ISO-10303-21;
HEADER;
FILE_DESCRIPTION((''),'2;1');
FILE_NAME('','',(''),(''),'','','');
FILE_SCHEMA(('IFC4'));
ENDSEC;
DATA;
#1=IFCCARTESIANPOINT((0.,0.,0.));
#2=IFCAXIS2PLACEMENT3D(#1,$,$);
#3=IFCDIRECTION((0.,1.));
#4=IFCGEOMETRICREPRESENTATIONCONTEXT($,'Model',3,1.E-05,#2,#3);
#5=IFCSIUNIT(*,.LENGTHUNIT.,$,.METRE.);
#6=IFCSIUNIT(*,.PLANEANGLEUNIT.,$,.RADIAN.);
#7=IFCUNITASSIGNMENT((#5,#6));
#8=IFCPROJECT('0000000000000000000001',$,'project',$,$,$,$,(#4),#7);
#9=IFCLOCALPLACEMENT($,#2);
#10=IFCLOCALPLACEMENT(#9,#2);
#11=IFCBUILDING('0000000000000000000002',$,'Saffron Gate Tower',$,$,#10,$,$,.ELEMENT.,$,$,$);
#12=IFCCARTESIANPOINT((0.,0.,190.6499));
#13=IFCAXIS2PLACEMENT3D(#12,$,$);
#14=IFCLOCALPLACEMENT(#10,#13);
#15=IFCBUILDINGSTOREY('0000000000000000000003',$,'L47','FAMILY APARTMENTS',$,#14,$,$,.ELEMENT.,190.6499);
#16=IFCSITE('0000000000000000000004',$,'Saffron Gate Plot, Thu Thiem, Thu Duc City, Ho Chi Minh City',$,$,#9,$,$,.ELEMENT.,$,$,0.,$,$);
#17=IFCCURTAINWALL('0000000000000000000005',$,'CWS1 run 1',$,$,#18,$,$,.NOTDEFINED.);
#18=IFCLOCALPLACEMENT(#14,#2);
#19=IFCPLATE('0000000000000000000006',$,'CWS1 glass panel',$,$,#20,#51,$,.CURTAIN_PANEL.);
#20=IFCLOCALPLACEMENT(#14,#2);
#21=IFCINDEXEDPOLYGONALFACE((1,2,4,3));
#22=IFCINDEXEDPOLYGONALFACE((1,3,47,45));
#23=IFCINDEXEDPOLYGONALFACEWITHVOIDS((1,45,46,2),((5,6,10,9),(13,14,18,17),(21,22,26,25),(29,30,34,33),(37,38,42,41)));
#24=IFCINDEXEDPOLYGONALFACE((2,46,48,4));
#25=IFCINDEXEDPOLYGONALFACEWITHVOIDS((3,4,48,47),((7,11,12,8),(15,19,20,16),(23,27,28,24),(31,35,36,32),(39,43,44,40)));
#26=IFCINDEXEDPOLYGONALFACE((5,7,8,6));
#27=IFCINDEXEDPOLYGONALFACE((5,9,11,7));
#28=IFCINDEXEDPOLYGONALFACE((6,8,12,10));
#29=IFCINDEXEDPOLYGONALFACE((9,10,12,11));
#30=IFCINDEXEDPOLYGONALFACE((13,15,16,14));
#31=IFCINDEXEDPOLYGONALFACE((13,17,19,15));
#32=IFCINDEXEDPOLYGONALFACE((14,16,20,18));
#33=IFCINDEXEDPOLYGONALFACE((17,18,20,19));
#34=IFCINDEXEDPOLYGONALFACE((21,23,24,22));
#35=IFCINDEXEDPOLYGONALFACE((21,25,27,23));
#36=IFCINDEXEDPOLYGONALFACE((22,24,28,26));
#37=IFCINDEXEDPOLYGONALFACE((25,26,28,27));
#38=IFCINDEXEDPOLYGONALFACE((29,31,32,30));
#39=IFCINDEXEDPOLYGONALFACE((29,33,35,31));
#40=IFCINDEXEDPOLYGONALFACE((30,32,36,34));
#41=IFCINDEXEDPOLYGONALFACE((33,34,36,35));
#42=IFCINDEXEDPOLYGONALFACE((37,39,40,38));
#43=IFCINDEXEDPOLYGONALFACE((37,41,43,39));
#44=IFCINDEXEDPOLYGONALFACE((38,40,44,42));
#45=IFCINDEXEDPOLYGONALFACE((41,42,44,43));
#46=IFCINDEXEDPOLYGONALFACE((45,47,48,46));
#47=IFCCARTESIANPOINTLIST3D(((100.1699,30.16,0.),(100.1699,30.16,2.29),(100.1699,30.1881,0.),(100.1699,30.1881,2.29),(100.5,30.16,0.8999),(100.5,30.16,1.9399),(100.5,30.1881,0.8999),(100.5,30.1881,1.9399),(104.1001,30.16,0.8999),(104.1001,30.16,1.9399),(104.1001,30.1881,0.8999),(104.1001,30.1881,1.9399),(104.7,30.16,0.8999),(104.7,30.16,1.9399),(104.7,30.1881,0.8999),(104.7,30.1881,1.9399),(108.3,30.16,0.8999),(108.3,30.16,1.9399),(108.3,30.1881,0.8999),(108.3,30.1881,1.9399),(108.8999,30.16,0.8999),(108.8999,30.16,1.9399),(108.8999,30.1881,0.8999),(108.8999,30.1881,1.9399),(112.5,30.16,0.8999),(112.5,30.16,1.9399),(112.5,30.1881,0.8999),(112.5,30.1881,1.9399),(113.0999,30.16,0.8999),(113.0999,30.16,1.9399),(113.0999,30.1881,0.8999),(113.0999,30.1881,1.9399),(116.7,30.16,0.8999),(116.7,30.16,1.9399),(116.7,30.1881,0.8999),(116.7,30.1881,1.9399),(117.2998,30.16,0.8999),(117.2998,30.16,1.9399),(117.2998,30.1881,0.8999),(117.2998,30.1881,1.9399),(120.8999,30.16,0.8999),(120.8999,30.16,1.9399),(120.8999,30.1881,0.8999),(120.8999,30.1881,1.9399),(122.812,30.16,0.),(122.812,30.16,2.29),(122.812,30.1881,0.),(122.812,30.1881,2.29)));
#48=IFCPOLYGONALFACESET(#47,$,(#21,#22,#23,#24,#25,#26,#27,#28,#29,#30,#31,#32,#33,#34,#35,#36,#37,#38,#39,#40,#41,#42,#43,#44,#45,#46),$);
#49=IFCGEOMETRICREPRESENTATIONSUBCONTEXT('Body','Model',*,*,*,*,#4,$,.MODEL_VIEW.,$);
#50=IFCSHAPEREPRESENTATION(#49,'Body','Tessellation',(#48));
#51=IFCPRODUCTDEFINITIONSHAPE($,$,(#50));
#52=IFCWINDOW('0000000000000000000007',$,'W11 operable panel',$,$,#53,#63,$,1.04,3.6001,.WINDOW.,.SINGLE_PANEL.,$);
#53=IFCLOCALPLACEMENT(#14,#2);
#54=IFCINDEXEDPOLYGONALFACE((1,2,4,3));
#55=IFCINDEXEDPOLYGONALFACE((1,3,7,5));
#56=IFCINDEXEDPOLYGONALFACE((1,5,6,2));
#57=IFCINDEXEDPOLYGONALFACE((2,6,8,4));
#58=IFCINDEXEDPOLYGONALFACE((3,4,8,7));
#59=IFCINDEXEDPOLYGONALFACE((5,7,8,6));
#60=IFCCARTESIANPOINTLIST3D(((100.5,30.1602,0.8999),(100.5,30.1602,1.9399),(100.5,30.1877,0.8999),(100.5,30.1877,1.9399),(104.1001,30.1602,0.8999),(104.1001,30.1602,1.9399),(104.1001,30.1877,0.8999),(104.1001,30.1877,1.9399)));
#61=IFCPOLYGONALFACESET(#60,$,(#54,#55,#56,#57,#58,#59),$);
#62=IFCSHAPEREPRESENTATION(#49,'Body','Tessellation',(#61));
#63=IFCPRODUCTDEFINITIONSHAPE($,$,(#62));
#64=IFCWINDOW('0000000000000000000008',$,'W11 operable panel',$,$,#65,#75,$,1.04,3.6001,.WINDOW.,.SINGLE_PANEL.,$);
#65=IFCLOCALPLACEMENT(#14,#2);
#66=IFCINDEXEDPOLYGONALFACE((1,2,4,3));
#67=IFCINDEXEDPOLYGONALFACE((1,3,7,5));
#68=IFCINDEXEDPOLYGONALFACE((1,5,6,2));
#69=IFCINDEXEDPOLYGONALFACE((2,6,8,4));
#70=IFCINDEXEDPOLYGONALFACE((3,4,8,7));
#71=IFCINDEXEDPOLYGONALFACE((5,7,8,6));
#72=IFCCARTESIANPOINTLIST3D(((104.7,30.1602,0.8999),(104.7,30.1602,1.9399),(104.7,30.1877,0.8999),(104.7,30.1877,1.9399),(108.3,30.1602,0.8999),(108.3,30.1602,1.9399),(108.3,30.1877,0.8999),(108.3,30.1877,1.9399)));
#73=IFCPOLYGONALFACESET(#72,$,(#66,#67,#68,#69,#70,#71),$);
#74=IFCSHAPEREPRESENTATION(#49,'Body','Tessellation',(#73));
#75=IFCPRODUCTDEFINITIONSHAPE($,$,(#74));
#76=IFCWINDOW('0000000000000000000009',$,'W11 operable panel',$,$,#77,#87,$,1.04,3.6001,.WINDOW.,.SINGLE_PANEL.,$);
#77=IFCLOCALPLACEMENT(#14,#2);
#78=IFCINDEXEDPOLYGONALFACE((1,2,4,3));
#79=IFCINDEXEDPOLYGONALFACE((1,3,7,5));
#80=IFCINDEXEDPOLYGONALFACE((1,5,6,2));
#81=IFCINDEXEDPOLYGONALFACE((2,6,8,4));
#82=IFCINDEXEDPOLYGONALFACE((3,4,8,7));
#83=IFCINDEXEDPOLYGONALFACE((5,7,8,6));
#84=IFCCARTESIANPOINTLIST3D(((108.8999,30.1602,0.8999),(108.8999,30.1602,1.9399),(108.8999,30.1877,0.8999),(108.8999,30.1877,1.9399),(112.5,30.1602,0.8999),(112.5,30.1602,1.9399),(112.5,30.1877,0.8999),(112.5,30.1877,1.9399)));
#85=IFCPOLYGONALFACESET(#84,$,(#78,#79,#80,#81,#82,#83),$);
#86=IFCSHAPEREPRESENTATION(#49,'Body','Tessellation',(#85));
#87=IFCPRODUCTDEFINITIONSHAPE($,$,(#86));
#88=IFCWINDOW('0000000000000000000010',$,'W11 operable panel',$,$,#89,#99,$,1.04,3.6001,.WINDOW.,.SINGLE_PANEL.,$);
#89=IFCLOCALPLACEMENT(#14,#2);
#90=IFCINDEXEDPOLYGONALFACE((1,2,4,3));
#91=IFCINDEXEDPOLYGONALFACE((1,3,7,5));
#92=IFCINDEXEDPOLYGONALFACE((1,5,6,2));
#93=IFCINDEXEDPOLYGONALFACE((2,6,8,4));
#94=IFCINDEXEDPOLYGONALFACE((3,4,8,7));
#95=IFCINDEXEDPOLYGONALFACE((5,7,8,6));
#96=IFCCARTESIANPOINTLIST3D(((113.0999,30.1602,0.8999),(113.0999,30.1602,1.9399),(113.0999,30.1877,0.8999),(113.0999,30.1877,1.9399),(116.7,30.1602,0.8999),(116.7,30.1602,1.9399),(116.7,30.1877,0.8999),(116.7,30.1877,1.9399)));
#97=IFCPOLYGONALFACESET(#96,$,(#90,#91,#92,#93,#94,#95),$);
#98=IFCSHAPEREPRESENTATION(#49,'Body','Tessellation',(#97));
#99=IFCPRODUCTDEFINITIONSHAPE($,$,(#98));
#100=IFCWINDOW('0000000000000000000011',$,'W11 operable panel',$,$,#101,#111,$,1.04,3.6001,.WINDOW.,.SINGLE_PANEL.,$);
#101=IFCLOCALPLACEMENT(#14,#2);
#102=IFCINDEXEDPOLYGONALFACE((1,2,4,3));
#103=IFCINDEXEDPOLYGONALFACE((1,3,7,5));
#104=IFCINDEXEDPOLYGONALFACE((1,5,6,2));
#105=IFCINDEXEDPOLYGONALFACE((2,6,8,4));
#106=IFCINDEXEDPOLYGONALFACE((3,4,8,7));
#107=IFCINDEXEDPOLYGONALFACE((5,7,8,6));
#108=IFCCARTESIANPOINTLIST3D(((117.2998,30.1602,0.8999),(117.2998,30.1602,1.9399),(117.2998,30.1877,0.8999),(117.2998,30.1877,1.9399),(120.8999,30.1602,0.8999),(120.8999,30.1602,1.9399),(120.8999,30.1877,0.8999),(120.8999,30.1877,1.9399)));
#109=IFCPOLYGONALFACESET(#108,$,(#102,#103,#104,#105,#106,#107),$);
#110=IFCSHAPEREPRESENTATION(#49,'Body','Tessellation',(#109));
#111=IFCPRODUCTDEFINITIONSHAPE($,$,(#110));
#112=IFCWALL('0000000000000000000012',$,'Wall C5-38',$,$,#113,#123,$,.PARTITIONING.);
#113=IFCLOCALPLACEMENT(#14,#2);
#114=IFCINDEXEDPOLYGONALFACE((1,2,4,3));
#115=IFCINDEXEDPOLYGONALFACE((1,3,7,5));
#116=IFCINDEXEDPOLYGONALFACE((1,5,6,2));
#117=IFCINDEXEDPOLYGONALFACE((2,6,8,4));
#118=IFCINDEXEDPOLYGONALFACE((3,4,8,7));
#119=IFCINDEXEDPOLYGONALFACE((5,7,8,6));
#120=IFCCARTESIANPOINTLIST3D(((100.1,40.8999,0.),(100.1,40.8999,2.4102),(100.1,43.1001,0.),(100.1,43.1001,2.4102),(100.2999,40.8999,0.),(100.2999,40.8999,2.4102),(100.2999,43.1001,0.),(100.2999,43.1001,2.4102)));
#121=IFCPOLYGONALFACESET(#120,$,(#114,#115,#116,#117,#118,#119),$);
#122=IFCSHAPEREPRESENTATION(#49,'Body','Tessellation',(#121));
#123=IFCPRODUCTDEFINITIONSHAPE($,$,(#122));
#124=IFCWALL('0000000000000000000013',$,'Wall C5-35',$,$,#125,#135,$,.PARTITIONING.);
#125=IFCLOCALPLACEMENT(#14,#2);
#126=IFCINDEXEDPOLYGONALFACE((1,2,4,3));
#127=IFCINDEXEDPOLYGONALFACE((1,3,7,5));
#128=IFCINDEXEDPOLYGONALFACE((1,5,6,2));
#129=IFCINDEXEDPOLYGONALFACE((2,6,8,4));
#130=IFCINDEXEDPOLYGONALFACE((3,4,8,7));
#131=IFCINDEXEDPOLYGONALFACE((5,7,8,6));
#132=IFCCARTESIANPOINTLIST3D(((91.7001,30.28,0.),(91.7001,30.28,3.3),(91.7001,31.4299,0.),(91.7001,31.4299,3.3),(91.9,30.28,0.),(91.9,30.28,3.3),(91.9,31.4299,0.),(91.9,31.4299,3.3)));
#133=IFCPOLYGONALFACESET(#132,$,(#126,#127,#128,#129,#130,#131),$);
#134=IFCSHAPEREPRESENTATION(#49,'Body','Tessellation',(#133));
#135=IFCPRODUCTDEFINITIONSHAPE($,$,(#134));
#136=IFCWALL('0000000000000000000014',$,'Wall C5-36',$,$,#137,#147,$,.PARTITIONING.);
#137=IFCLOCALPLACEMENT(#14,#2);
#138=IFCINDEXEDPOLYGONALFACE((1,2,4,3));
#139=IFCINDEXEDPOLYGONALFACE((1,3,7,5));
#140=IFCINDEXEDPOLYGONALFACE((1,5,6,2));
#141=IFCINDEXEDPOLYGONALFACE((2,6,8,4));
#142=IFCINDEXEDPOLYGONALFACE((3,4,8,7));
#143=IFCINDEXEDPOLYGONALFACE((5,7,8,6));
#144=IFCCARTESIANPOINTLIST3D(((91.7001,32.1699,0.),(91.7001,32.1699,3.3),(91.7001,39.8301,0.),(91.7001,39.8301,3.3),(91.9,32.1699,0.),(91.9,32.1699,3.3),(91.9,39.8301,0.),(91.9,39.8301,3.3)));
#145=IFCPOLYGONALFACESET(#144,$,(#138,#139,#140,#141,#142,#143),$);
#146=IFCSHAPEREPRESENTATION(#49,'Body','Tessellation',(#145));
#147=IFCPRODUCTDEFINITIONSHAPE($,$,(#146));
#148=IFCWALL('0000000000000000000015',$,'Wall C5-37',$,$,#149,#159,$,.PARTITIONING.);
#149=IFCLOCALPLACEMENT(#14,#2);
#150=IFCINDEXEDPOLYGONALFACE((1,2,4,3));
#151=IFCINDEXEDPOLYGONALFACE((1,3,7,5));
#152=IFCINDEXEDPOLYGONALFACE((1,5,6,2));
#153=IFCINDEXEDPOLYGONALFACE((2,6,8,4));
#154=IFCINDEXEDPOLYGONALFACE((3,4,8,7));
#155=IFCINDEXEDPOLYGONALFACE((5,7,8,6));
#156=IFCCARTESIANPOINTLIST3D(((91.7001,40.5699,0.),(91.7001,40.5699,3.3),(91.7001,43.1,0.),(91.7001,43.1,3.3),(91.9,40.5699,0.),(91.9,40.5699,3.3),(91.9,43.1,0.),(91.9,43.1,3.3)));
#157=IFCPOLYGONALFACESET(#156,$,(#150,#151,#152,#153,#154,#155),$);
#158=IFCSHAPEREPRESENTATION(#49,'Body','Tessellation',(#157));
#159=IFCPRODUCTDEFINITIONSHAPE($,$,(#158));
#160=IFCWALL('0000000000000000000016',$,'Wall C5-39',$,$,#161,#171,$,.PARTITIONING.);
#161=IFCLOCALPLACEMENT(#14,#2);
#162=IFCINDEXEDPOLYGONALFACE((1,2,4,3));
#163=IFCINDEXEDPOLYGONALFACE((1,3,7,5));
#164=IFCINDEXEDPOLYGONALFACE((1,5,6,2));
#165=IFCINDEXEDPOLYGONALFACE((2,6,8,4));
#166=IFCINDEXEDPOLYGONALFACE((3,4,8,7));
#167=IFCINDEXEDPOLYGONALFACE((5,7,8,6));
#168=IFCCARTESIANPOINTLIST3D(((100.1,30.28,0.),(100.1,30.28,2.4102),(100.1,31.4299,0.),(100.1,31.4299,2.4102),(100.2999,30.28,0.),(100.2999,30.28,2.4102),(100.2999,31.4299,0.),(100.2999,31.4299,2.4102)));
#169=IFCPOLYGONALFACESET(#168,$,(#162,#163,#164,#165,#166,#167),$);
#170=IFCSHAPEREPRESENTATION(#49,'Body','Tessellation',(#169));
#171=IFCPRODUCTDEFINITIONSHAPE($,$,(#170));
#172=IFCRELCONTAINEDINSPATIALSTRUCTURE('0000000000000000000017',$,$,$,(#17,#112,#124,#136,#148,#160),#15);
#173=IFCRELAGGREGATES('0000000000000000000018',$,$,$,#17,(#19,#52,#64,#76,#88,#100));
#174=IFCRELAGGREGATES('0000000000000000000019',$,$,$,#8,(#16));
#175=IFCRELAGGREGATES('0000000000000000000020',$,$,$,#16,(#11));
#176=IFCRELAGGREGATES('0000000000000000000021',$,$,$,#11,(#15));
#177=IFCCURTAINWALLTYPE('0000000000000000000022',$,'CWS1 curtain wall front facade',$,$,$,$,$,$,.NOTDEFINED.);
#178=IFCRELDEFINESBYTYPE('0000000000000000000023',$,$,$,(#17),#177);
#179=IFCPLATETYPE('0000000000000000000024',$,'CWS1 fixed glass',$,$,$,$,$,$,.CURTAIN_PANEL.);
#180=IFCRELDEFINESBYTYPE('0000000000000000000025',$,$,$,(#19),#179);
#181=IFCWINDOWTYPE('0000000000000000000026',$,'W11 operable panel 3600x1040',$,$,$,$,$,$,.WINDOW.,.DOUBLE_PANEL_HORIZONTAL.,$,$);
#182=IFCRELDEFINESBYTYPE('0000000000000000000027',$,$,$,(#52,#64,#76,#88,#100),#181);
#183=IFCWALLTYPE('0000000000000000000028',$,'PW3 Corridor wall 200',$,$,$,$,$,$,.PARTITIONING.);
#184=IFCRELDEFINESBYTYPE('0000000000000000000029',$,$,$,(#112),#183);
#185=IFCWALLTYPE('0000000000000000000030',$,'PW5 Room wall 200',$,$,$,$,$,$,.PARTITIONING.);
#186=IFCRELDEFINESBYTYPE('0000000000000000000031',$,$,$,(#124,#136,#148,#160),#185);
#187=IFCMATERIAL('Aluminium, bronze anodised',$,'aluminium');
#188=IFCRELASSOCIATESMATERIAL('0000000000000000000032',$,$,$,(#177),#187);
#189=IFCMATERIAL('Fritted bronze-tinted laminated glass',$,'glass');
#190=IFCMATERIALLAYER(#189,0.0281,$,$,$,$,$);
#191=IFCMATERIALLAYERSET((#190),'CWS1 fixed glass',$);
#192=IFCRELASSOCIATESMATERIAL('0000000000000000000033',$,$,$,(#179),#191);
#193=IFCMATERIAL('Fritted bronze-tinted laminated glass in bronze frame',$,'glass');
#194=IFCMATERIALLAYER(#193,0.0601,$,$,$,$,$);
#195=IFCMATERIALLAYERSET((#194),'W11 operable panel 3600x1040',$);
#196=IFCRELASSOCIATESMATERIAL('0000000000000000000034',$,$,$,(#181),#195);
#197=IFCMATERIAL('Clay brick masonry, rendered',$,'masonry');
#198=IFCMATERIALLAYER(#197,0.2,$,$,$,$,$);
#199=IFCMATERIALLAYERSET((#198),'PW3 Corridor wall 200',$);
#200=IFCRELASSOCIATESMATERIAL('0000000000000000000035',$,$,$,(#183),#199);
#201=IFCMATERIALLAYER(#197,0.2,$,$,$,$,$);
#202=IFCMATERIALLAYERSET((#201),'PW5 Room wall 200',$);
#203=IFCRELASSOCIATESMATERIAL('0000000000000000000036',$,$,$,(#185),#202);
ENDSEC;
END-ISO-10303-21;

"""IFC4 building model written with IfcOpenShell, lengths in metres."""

from ifc_helpers import new_model, si_unit, direction, frame, frame_2d, origin, place, context, subcontext, project, spatial, rectangle, extrude, material, layer, layer_set, type_object, element, fill, aggregate, save


model = new_model("IFC4")

# Units and contexts
model_context = context("Model", 3, precision=1e-05, world=origin(), true_north=direction((0.0, 1.0)))
body_context = subcontext(model_context, "Body", "Model", "MODEL_VIEW")
ifc_project = project(units=[si_unit("LENGTHUNIT", "METRE"), si_unit("PLANEANGLEUNIT", "RADIAN")], contexts=[model_context])

# Site, building, storey
site_placement = place(None, origin())
site = spatial("IfcSite", under=ifc_project, at=site_placement, Name="Saffron Gate Plot, Thu Thiem, Thu Duc City, Ho Chi Minh City", CompositionType="ELEMENT", RefElevation=0.0)
building_placement = place(site_placement, origin())
building = spatial("IfcBuilding", under=site, at=building_placement, Name="Saffron Gate Tower", CompositionType="ELEMENT")
storey_placement = place(building_placement, frame((0.0, 0.0, 190.6499)))
storey = spatial("IfcBuildingStorey", under=building, at=storey_placement, Name="L47", Description="FAMILY APARTMENTS", CompositionType="ELEMENT", Elevation=190.6499)

# Curtain wall, plate, openings, windows
ifc_material_1 = material(Name="Aluminium, bronze anodised", Category="aluminium")
curtain_wall_type = type_object("IfcCurtainWallType", Name="CWS1 curtain wall front facade", PredefinedType="NOTDEFINED", material=ifc_material_1)
curtain_wall_placement = place(storey_placement, origin())
curtain_wall = element("IfcCurtainWall", 1, at=curtain_wall_placement, inside=storey, type_object=curtain_wall_type, Name="CWS1 run 1", PredefinedType="NOTDEFINED")
ifc_material_2 = material(Name="Fritted bronze-tinted laminated glass", Category="glass")
ifc_layer_1 = layer(ifc_material_2, 0.0281)
ifc_layer_set_1 = layer_set([ifc_layer_1], Name="CWS1 fixed glass")
plate_type = type_object("IfcPlateType", Name="CWS1 fixed glass", PredefinedType="CURTAIN_PANEL", material=ifc_layer_set_1)
plate_placement = place(storey_placement, frame((100.1699, 30.1741, 0.0), z_axis=(0.0, 0.0, 1.0), x_axis=(1.0, 0.0, 0.0)))
plate = element("IfcPlate", 2, at=plate_placement, type_object=plate_type, Name="CWS1 glass panel", PredefinedType="CURTAIN_PANEL", context=body_context, shape_type="SweptSolid", body=[
    extrude(rectangle(XDim=22.6421, YDim=0.0281, at=frame_2d((11.321, 0.0))), origin(), (0.0, 0.0, 1.0), 2.29),
])
opening_1_placement = place(plate_placement, frame((0.3301, 0.0, 0.8999)))
opening_1 = element("IfcOpeningElement", 3, at=opening_1_placement, cuts=plate, PredefinedType="OPENING", context=body_context, shape_type="SweptSolid", body=[
    extrude(rectangle(XDim=3.6001, YDim=1.04, at=frame_2d((1.8, 0.52))), frame((0.0, 0.0239, 0.0), z_axis=(0.0, -1.0, 0.0), x_axis=(1.0, 0.0, 0.0)), (0.0, 0.0, 1.0), 0.0481),
])
opening_2_placement = place(plate_placement, frame((4.53, 0.0, 0.8999)))
opening_2 = element("IfcOpeningElement", 4, at=opening_2_placement, cuts=plate, PredefinedType="OPENING", context=body_context, shape_type="SweptSolid", body=[
    extrude(rectangle(XDim=3.6001, YDim=1.04, at=frame_2d((1.8, 0.52))), frame((0.0, 0.0239, 0.0), z_axis=(0.0, -1.0, 0.0), x_axis=(1.0, 0.0, 0.0)), (0.0, 0.0, 1.0), 0.0481),
])
opening_3_placement = place(plate_placement, frame((8.73, 0.0, 0.8999)))
opening_3 = element("IfcOpeningElement", 5, at=opening_3_placement, cuts=plate, PredefinedType="OPENING", context=body_context, shape_type="SweptSolid", body=[
    extrude(rectangle(XDim=3.6001, YDim=1.04, at=frame_2d((1.8, 0.52))), frame((0.0, 0.0239, 0.0), z_axis=(0.0, -1.0, 0.0), x_axis=(1.0, 0.0, 0.0)), (0.0, 0.0, 1.0), 0.0481),
])
opening_4_placement = place(plate_placement, frame((12.9299, 0.0, 0.8999)))
opening_4 = element("IfcOpeningElement", 6, at=opening_4_placement, cuts=plate, PredefinedType="OPENING", context=body_context, shape_type="SweptSolid", body=[
    extrude(rectangle(XDim=3.6001, YDim=1.04, at=frame_2d((1.8, 0.52))), frame((0.0, 0.0239, 0.0), z_axis=(0.0, -1.0, 0.0), x_axis=(1.0, 0.0, 0.0)), (0.0, 0.0, 1.0), 0.0481),
])
opening_5_placement = place(plate_placement, frame((17.1299, 0.0, 0.8999)))
opening_5 = element("IfcOpeningElement", 7, at=opening_5_placement, cuts=plate, PredefinedType="OPENING", context=body_context, shape_type="SweptSolid", body=[
    extrude(rectangle(XDim=3.6001, YDim=1.04, at=frame_2d((1.8, 0.52))), frame((0.0, 0.0239, 0.0), z_axis=(0.0, -1.0, 0.0), x_axis=(1.0, 0.0, 0.0)), (0.0, 0.0, 1.0), 0.0481),
])
ifc_material_3 = material(Name="Fritted bronze-tinted laminated glass in bronze frame", Category="glass")
ifc_layer_2 = layer(ifc_material_3, 0.0601)
ifc_layer_set_2 = layer_set([ifc_layer_2], Name="W11 operable panel 3600x1040")
window_type = type_object("IfcWindowType", Name="W11 operable panel 3600x1040", PartitioningType="DOUBLE_PANEL_HORIZONTAL", PredefinedType="WINDOW", material=ifc_layer_set_2)
window_1_placement = place(opening_1_placement, origin())
window_1 = element("IfcWindow", 8, at=window_1_placement, type_object=window_type, Name="W11 operable panel", OverallHeight=1.04, OverallWidth=3.6001, PartitioningType="SINGLE_PANEL", PredefinedType="WINDOW", context=body_context, shape_type="SweptSolid", body=[
    extrude(rectangle(XDim=3.6001, YDim=1.04, at=frame_2d((1.8, 0.52))), frame((0.0, 0.0137, 0.0), z_axis=(0.0, -1.0, 0.0), x_axis=(1.0, 0.0, 0.0)), (0.0, 0.0, 1.0), 0.0276),
])
fill(opening_1, window_1)
window_2_placement = place(opening_2_placement, origin())
window_2 = element("IfcWindow", 9, at=window_2_placement, type_object=window_type, Name="W11 operable panel", OverallHeight=1.04, OverallWidth=3.6001, PartitioningType="SINGLE_PANEL", PredefinedType="WINDOW", context=body_context, shape_type="SweptSolid", body=[
    extrude(rectangle(XDim=3.6001, YDim=1.04, at=frame_2d((1.8, 0.52))), frame((0.0, 0.0137, 0.0), z_axis=(0.0, -1.0, 0.0), x_axis=(1.0, 0.0, 0.0)), (0.0, 0.0, 1.0), 0.0276),
])
fill(opening_2, window_2)
window_3_placement = place(opening_3_placement, origin())
window_3 = element("IfcWindow", 10, at=window_3_placement, type_object=window_type, Name="W11 operable panel", OverallHeight=1.04, OverallWidth=3.6001, PartitioningType="SINGLE_PANEL", PredefinedType="WINDOW", context=body_context, shape_type="SweptSolid", body=[
    extrude(rectangle(XDim=3.6001, YDim=1.04, at=frame_2d((1.8, 0.52))), frame((0.0, 0.0137, 0.0), z_axis=(0.0, -1.0, 0.0), x_axis=(1.0, 0.0, 0.0)), (0.0, 0.0, 1.0), 0.0276),
])
fill(opening_3, window_3)
window_4_placement = place(opening_4_placement, origin())
window_4 = element("IfcWindow", 11, at=window_4_placement, type_object=window_type, Name="W11 operable panel", OverallHeight=1.04, OverallWidth=3.6001, PartitioningType="SINGLE_PANEL", PredefinedType="WINDOW", context=body_context, shape_type="SweptSolid", body=[
    extrude(rectangle(XDim=3.6001, YDim=1.04, at=frame_2d((1.8, 0.52))), frame((0.0, 0.0137, 0.0), z_axis=(0.0, -1.0, 0.0), x_axis=(1.0, 0.0, 0.0)), (0.0, 0.0, 1.0), 0.0276),
])
fill(opening_4, window_4)
window_5_placement = place(opening_5_placement, origin())
window_5 = element("IfcWindow", 12, at=window_5_placement, type_object=window_type, Name="W11 operable panel", OverallHeight=1.04, OverallWidth=3.6001, PartitioningType="SINGLE_PANEL", PredefinedType="WINDOW", context=body_context, shape_type="SweptSolid", body=[
    extrude(rectangle(XDim=3.6001, YDim=1.04, at=frame_2d((1.8, 0.52))), frame((0.0, 0.0137, 0.0), z_axis=(0.0, -1.0, 0.0), x_axis=(1.0, 0.0, 0.0)), (0.0, 0.0, 1.0), 0.0276),
])
fill(opening_5, window_5)
aggregate(curtain_wall, [plate, window_1, window_2, window_3, window_4, window_5])

# Walls
ifc_material_4 = material(Name="Clay brick masonry, rendered", Category="masonry")
ifc_layer_3 = layer(ifc_material_4, 0.2)
ifc_layer_set_3 = layer_set([ifc_layer_3], Name="PW3 Corridor wall 200")
wall_type_1 = type_object("IfcWallType", Name="PW3 Corridor wall 200", PredefinedType="PARTITIONING", material=ifc_layer_set_3)
wall_1_placement = place(storey_placement, frame((100.2, 43.1001, 0.0), z_axis=(0.0, 0.0, 1.0), x_axis=(0.0, -1.0, 0.0)))
element("IfcWall", 13, at=wall_1_placement, inside=storey, type_object=wall_type_1, Name="Wall C5-38", PredefinedType="PARTITIONING", context=body_context, shape_type="SweptSolid", body=[
    extrude(rectangle(XDim=2.2002, YDim=0.2, at=frame_2d((1.1001, 0.0))), origin(), (0.0, 0.0, 1.0), 2.4102),
])
ifc_layer_4 = layer(ifc_material_4, 0.2)
ifc_layer_set_4 = layer_set([ifc_layer_4], Name="PW5 Room wall 200")
wall_type_2 = type_object("IfcWallType", Name="PW5 Room wall 200", PredefinedType="PARTITIONING", material=ifc_layer_set_4)
wall_2_placement = place(storey_placement, frame((91.8, 31.4299, 0.0), z_axis=(0.0, 0.0, 1.0), x_axis=(0.0, -1.0, 0.0)))
element("IfcWall", 14, at=wall_2_placement, inside=storey, type_object=wall_type_2, Name="Wall C5-35", PredefinedType="PARTITIONING", context=body_context, shape_type="SweptSolid", body=[
    extrude(rectangle(XDim=1.1499, YDim=0.2, at=frame_2d((0.575, 0.0))), origin(), (0.0, 0.0, 1.0), 3.3),
])
wall_3_placement = place(storey_placement, frame((91.8, 39.8301, 0.0), z_axis=(0.0, 0.0, 1.0), x_axis=(0.0, -1.0, 0.0)))
element("IfcWall", 15, at=wall_3_placement, inside=storey, type_object=wall_type_2, Name="Wall C5-36", PredefinedType="PARTITIONING", context=body_context, shape_type="SweptSolid", body=[
    extrude(rectangle(XDim=7.6602, YDim=0.2, at=frame_2d((3.8301, 0.0))), origin(), (0.0, 0.0, 1.0), 3.3),
])
wall_4_placement = place(storey_placement, frame((91.8, 43.1001, 0.0), z_axis=(0.0, 0.0, 1.0), x_axis=(0.0, -1.0, 0.0)))
element("IfcWall", 16, at=wall_4_placement, inside=storey, type_object=wall_type_2, Name="Wall C5-37", PredefinedType="PARTITIONING", context=body_context, shape_type="SweptSolid", body=[
    extrude(rectangle(XDim=2.53, YDim=0.2, at=frame_2d((1.2651, 0.0))), origin(), (0.0, 0.0, 1.0), 3.3),
])
wall_5_placement = place(storey_placement, frame((100.2, 31.4299, 0.0), z_axis=(0.0, 0.0, 1.0), x_axis=(0.0, -1.0, 0.0)))
element("IfcWall", 17, at=wall_5_placement, inside=storey, type_object=wall_type_2, Name="Wall C5-39", PredefinedType="PARTITIONING", context=body_context, shape_type="SweptSolid", body=[
    extrude(rectangle(XDim=1.1499, YDim=0.2, at=frame_2d((0.575, 0.0))), origin(), (0.0, 0.0, 1.0), 2.4102),
])

save(model, "model.ifc")
